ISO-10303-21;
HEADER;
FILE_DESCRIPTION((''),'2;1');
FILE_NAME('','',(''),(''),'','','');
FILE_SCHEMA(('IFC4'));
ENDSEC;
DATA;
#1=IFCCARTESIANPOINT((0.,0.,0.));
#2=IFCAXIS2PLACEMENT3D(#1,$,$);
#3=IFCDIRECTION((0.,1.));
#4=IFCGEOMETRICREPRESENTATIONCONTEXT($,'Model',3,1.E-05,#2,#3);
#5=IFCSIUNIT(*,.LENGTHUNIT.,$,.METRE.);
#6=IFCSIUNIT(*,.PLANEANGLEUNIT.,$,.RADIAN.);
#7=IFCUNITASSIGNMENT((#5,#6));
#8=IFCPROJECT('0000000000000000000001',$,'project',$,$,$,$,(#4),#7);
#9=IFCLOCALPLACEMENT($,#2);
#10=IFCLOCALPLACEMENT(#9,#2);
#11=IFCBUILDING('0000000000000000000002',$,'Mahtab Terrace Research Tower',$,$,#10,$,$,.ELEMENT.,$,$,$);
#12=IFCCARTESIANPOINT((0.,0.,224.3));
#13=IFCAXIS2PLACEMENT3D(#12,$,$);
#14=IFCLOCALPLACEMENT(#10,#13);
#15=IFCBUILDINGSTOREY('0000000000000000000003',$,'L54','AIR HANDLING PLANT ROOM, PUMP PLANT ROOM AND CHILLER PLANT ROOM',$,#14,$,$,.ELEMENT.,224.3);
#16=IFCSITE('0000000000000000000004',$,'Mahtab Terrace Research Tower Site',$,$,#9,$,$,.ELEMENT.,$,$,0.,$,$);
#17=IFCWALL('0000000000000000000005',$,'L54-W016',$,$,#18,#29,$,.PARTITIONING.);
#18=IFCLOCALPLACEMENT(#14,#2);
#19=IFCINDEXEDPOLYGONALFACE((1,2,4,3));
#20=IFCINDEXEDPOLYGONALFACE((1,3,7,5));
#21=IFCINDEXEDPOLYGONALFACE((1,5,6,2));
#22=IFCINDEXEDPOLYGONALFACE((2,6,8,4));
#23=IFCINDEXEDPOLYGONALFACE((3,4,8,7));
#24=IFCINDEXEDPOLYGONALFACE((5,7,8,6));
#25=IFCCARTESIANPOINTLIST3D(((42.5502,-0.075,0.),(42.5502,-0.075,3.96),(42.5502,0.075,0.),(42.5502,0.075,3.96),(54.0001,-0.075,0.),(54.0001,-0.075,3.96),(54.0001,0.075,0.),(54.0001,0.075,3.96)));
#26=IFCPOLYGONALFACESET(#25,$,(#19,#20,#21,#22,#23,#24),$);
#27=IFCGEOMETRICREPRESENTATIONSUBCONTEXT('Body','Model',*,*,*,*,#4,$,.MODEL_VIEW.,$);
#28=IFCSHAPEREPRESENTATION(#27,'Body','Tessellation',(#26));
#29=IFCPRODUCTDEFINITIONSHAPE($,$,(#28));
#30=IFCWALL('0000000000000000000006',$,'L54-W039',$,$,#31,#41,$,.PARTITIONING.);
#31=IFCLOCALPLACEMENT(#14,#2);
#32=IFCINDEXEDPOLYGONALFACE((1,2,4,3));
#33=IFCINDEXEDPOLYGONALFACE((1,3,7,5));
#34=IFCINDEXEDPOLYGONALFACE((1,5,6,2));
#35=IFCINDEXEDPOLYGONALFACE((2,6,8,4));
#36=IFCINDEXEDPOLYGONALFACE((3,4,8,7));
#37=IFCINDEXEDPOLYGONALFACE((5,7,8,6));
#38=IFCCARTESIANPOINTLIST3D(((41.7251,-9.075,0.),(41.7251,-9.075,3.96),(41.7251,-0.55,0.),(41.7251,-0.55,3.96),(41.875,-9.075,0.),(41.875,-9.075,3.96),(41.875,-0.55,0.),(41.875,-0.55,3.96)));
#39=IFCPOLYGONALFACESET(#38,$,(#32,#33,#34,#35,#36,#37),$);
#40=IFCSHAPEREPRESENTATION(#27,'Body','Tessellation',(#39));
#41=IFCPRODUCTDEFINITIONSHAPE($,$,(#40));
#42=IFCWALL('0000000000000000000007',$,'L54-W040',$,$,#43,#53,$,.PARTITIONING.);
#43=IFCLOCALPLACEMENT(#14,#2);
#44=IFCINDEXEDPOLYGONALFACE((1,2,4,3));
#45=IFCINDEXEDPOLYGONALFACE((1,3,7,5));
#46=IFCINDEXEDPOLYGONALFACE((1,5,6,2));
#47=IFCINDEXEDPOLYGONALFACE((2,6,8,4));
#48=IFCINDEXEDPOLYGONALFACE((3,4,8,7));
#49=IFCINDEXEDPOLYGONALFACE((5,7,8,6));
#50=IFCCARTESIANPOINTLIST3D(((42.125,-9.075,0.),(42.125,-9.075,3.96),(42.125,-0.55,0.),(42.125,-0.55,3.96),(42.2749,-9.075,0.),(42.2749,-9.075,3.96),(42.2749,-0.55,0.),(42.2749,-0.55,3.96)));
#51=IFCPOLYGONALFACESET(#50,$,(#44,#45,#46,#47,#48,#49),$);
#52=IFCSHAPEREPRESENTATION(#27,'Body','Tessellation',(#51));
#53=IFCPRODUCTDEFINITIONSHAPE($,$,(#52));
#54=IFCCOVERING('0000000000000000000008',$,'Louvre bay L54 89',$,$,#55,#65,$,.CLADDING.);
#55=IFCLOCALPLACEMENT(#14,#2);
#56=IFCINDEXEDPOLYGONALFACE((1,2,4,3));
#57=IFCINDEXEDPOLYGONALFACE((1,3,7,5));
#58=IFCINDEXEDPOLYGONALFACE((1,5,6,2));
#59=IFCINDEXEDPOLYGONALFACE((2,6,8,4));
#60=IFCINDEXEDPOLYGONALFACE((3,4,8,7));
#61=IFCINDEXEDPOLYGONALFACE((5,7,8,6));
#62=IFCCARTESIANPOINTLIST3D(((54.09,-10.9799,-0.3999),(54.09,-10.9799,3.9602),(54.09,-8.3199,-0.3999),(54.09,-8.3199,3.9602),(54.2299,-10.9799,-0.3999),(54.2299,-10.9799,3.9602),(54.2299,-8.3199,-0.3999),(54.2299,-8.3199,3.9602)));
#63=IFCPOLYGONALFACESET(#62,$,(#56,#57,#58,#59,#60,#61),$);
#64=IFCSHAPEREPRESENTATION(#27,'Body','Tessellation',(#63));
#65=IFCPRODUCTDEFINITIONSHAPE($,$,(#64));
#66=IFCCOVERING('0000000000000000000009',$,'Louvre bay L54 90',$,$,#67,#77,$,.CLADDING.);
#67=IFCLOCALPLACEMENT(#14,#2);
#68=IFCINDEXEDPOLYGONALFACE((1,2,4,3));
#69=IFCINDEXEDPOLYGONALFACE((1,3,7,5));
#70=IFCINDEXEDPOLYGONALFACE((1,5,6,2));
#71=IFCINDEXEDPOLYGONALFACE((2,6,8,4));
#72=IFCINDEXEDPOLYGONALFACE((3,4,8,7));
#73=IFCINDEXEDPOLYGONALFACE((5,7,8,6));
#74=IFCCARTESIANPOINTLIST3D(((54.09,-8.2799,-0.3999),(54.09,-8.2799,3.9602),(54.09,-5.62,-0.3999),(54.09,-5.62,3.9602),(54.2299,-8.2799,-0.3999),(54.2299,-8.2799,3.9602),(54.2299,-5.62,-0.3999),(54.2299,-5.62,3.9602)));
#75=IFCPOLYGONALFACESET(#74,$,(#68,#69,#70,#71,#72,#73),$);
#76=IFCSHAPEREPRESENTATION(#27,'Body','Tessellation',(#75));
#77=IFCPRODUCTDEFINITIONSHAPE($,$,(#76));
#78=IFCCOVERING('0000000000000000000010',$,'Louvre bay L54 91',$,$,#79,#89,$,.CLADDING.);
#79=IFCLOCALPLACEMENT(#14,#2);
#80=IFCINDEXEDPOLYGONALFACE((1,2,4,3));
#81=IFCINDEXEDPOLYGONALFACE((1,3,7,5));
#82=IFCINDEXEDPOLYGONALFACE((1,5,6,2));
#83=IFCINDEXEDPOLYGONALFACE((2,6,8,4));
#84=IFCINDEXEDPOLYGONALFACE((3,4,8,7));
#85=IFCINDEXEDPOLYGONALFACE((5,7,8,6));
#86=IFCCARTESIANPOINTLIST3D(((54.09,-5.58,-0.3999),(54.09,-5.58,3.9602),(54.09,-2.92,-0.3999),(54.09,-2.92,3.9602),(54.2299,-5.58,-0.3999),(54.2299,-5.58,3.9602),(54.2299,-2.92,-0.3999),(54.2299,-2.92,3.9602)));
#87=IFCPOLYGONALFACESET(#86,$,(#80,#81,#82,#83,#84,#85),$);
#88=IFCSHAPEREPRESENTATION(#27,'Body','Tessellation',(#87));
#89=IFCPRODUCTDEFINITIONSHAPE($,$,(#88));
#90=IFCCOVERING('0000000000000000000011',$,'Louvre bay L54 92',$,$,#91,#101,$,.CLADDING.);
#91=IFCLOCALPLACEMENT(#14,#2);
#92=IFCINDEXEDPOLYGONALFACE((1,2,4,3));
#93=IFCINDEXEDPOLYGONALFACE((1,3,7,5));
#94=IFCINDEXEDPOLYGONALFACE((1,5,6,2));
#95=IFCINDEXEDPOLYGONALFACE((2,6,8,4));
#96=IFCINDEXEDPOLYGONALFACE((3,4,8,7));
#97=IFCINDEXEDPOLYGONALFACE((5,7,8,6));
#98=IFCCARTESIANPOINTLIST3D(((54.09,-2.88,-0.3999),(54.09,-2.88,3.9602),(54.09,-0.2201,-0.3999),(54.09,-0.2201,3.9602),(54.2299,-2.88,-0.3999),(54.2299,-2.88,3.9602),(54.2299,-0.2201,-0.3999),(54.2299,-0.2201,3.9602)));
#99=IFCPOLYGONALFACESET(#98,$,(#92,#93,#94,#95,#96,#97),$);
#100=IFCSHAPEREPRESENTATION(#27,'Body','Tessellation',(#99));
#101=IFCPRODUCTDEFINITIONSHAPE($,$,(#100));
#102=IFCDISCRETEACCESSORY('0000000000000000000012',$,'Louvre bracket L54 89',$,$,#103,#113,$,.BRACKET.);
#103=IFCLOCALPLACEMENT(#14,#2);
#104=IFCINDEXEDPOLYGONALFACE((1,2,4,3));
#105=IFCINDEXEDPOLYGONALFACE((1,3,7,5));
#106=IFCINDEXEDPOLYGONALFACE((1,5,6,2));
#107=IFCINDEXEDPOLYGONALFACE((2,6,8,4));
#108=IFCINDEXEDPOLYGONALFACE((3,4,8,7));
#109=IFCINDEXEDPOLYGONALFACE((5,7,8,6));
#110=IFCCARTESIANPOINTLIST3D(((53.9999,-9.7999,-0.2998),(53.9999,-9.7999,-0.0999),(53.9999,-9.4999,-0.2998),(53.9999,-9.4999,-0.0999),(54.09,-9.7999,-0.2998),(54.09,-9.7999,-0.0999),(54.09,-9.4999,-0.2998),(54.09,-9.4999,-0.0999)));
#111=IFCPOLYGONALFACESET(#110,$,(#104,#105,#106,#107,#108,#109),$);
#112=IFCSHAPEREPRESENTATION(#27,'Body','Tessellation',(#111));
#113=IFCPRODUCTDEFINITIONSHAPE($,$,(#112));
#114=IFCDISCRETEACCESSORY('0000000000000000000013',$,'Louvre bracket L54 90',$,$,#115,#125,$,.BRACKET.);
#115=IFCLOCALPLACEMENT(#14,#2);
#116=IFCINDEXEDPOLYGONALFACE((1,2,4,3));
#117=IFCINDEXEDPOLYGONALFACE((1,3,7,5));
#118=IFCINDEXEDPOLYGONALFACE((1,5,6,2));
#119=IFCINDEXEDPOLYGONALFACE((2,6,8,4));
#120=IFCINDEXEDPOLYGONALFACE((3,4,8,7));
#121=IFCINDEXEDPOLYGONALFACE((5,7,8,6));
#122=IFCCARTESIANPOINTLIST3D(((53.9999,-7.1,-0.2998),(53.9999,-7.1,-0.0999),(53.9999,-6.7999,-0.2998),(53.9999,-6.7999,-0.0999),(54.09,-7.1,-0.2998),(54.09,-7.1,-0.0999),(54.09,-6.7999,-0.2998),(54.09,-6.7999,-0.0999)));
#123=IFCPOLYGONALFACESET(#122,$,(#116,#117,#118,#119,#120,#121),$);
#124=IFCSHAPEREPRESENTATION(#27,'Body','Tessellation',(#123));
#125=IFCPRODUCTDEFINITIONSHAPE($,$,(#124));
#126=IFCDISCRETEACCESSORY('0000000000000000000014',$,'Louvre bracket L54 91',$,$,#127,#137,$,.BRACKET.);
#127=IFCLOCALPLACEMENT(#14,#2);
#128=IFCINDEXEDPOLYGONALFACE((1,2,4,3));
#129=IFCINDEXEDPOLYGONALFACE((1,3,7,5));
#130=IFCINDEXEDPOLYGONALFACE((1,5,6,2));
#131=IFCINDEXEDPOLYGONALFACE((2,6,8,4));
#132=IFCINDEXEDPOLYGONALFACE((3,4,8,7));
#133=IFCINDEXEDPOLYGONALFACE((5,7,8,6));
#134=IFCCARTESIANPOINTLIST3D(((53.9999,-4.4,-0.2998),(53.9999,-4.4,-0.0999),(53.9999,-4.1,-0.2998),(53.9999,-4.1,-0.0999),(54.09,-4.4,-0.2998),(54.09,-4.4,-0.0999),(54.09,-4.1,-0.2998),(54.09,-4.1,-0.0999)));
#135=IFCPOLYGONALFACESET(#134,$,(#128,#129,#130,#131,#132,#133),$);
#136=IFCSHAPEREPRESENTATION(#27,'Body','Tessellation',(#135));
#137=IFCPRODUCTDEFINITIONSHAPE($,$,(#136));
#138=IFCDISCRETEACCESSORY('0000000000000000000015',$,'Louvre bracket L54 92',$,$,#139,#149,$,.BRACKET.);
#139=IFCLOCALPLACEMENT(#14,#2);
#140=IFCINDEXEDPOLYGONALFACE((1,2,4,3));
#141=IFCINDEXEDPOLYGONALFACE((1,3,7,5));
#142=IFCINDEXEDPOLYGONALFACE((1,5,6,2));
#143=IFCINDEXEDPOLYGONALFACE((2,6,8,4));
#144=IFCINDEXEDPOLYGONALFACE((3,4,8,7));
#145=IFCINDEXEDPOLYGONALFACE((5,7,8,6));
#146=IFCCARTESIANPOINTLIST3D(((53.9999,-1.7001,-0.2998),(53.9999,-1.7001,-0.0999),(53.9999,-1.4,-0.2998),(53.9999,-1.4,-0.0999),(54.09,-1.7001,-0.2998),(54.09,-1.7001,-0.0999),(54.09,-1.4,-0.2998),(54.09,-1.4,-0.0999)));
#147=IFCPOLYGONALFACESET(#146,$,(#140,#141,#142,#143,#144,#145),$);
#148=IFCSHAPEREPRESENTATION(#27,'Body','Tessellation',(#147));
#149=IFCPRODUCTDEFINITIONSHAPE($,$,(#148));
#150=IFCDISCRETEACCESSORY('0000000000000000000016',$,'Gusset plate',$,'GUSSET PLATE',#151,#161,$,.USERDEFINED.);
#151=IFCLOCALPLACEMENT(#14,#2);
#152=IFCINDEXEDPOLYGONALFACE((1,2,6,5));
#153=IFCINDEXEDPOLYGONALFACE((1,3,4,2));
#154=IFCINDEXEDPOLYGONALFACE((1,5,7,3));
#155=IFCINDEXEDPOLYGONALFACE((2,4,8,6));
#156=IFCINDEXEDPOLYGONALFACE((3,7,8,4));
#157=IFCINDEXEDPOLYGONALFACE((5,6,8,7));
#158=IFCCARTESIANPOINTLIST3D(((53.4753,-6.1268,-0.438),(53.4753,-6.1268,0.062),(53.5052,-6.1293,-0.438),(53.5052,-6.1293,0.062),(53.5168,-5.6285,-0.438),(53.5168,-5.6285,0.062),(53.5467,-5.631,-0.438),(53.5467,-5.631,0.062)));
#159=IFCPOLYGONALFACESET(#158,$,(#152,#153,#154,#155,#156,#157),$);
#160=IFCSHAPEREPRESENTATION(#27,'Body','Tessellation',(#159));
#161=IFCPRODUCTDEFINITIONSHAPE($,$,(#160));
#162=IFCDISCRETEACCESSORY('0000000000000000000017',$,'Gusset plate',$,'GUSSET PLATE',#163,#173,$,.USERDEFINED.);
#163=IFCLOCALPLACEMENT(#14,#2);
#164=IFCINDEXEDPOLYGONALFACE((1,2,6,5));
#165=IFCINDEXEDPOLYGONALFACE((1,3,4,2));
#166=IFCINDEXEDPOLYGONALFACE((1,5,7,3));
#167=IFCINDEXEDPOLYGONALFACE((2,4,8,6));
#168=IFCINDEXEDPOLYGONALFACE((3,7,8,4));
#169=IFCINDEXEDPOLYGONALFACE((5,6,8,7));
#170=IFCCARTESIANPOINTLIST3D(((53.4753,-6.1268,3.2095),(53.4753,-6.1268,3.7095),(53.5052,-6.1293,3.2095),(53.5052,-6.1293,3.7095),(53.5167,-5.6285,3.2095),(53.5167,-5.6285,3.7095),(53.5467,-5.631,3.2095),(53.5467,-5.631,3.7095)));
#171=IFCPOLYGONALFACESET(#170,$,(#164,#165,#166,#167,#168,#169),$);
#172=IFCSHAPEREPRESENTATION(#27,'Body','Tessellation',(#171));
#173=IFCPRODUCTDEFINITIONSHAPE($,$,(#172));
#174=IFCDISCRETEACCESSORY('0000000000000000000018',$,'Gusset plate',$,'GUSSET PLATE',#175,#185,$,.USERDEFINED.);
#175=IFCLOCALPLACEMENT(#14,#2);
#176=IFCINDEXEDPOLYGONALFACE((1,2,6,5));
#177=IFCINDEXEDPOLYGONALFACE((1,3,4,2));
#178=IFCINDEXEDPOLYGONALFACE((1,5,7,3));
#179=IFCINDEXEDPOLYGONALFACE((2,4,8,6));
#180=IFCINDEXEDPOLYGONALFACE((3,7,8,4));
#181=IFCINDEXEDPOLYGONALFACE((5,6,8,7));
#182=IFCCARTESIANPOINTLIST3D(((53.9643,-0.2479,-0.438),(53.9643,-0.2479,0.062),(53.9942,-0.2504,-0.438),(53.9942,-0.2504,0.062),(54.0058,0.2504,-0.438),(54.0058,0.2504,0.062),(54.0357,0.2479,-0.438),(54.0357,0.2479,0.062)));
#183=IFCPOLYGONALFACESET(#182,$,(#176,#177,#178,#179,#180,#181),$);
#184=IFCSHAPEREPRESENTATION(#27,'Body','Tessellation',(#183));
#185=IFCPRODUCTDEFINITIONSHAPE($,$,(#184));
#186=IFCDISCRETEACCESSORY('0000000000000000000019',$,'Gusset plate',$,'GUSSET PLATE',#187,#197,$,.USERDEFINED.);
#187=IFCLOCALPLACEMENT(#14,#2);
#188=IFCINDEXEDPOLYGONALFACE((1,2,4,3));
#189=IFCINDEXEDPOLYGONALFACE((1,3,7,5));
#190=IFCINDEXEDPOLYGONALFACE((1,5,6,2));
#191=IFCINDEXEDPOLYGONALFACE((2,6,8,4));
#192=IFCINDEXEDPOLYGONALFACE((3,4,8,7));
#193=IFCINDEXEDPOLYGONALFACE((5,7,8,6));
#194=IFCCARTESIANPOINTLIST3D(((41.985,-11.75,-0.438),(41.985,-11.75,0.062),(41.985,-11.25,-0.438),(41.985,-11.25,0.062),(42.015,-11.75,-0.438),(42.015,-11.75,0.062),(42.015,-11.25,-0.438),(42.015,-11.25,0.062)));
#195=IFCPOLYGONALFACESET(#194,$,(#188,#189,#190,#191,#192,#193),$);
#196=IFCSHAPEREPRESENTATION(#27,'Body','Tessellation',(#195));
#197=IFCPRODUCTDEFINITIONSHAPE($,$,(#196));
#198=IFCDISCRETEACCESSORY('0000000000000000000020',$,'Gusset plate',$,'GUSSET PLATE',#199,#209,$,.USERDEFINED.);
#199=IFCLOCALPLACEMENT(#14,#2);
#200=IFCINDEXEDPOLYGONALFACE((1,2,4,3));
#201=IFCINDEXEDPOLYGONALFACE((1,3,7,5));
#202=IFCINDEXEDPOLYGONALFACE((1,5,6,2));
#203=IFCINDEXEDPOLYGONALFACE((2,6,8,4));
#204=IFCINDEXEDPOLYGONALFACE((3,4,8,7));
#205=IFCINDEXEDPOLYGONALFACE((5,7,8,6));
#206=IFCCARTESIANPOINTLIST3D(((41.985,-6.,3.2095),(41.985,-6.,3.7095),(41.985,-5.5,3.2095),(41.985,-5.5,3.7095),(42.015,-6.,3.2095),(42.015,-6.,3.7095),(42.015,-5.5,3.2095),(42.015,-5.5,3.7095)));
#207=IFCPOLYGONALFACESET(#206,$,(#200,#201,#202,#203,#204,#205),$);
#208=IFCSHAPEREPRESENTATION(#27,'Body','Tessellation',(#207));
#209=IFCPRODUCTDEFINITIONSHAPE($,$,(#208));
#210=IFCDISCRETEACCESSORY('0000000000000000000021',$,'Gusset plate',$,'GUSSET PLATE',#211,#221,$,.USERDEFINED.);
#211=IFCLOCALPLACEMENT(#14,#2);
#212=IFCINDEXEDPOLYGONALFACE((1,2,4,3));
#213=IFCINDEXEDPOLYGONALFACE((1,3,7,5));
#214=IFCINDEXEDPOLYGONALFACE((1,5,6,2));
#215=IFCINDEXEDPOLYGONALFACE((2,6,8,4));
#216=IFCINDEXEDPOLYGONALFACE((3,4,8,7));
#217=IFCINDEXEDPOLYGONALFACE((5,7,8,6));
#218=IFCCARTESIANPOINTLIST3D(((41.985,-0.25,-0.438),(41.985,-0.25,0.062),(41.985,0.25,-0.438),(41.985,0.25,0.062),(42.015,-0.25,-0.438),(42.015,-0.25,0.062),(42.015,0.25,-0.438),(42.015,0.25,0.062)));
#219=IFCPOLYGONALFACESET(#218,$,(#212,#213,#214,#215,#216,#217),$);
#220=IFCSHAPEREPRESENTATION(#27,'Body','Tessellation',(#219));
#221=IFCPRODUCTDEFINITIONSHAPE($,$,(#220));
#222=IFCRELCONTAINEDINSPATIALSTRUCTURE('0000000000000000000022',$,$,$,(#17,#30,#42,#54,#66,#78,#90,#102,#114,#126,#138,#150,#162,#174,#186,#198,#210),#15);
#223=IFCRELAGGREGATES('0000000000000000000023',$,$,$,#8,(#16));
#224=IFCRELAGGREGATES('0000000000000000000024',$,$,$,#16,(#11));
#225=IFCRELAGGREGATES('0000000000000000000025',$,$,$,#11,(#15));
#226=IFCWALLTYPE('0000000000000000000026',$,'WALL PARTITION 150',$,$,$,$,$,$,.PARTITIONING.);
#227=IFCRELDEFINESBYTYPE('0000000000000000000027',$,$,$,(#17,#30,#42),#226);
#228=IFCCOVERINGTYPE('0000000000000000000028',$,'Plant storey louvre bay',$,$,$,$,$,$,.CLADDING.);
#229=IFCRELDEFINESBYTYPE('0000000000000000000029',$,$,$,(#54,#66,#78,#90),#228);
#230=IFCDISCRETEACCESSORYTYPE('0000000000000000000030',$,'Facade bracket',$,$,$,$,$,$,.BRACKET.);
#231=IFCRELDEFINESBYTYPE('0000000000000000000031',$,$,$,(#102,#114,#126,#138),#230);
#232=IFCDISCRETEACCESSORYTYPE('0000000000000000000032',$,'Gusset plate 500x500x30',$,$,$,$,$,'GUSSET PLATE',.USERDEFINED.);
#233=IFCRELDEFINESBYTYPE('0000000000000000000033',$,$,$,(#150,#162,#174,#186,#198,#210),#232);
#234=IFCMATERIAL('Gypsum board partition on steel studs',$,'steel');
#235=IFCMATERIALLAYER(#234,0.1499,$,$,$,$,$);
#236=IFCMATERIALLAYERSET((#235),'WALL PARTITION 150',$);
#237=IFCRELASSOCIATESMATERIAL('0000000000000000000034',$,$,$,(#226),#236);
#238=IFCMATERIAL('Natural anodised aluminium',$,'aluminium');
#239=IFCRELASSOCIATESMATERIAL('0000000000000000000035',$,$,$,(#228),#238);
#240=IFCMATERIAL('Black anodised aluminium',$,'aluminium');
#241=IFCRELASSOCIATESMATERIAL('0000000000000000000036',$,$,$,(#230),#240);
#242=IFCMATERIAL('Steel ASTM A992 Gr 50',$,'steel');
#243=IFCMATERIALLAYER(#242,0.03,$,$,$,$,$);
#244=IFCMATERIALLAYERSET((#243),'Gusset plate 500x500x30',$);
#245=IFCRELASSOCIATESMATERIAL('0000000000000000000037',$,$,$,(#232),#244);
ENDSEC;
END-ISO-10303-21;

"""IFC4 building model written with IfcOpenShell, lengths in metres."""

from ifc_helpers import new_model, si_unit, direction, frame, frame_2d, origin, origin_2d, place, context, subcontext, project, spatial, rectangle, extrude, material, layer, layer_set, type_object, element, save


model = new_model("IFC4")

# Units and contexts
model_context = context("Model", 3, precision=1e-05, world=origin(), true_north=direction((0.0, 1.0)))
body_context = subcontext(model_context, "Body", "Model", "MODEL_VIEW")
ifc_project = project(units=[si_unit("LENGTHUNIT", "METRE"), si_unit("PLANEANGLEUNIT", "RADIAN")], contexts=[model_context])

# Site, building, storey
site_placement = place(None, origin())
site = spatial("IfcSite", under=ifc_project, at=site_placement, Name="Mahtab Terrace Research Tower Site", CompositionType="ELEMENT", RefElevation=0.0)
building_placement = place(site_placement, origin())
building = spatial("IfcBuilding", under=site, at=building_placement, Name="Mahtab Terrace Research Tower", CompositionType="ELEMENT")
storey_placement = place(building_placement, frame((0.0, 0.0, 224.3)))
storey = spatial("IfcBuildingStorey", under=building, at=storey_placement, Name="L54", Description="AIR HANDLING PLANT ROOM, PUMP PLANT ROOM AND CHILLER PLANT ROOM", CompositionType="ELEMENT", Elevation=224.3)

# Shared definitions
ifc_material_1 = material(Name="Steel ASTM A992 Gr 50", Category="steel")

# Walls
ifc_material_2 = material(Name="Gypsum board partition on steel studs", Category="steel")
ifc_layer_1 = layer(ifc_material_2, 0.1499)
ifc_layer_set_1 = layer_set([ifc_layer_1], Name="WALL PARTITION 150")
wall_type_1 = type_object("IfcWallType", Name="WALL PARTITION 150", PredefinedType="PARTITIONING", material=ifc_layer_set_1)
wall_1_placement = place(storey_placement, frame((42.55, 0.0, 0.0), z_axis=(0.0, 0.0, 1.0), x_axis=(1.0, 0.0, 0.0)))
element("IfcWall", 1, at=wall_1_placement, inside=storey, type_object=wall_type_1, Name="L54-W016", PredefinedType="PARTITIONING", context=body_context, shape_type="SweptSolid", body=[
    extrude(rectangle(XDim=11.45, YDim=0.1499, at=frame_2d((5.7251, 0.0))), origin(), (0.0, 0.0, 1.0), 3.96),
])
for number, where, z_axis, x_axis, name in (
    (2, (41.8, -9.075, 0.0), (0.0, 0.0, 1.0), (0.0, 1.0, 0.0), "L54-W039"),
    (3, (42.2, -9.075, 0.0), (0.0, 0.0, 1.0), (0.0, 1.0, 0.0), "L54-W040"),
):
    element("IfcWall", number, at=place(storey_placement, frame(where, z_axis=z_axis, x_axis=x_axis)), inside=storey, type_object=wall_type_1, Name=name, PredefinedType="PARTITIONING", context=body_context, shape_type="SweptSolid", body=[
        extrude(rectangle(XDim=8.5249, YDim=0.1499, at=frame_2d((4.2625, 0.0))), origin(), (0.0, 0.0, 1.0), 3.96),
    ])

# Coverings
ifc_material_3 = material(Name="Natural anodised aluminium", Category="aluminium")
covering_type = type_object("IfcCoveringType", Name="Plant storey louvre bay", PredefinedType="CLADDING", material=ifc_material_3)
for number, where, z_axis, x_axis, name in (
    (4, (54.1599, -9.6499, -0.3999), (0.0, 0.0, 1.0), (0.0, 1.0, 0.0), "Louvre bay L54 89"),
    (5, (54.1599, -6.95, -0.3999), (0.0, 0.0, 1.0), (0.0, 1.0, 0.0), "Louvre bay L54 90"),
    (6, (54.1599, -4.25, -0.3999), (0.0, 0.0, 1.0), (0.0, 1.0, 0.0), "Louvre bay L54 91"),
    (7, (54.1599, -1.55, -0.3999), (0.0, 0.0, 1.0), (0.0, 1.0, 0.0), "Louvre bay L54 92"),
):
    element("IfcCovering", number, at=place(storey_placement, frame(where, z_axis=z_axis, x_axis=x_axis)), inside=storey, type_object=covering_type, Name=name, PredefinedType="CLADDING", context=body_context, shape_type="SweptSolid", body=[
        extrude(rectangle(XDim=2.6599, YDim=0.1399, at=origin_2d()), origin(), (0.0, 0.0, 1.0), 4.3601),
    ])

# Discrete accessories
ifc_material_4 = material(Name="Black anodised aluminium", Category="aluminium")
discrete_accessory_type_1 = type_object("IfcDiscreteAccessoryType", Name="Facade bracket", PredefinedType="BRACKET", material=ifc_material_4)
for number, where, z_axis, x_axis, name in (
    (8, (54.0449, -9.6499, -0.2998), (0.0, 0.0, 1.0), (0.0, 1.0, 0.0), "Louvre bracket L54 89"),
    (9, (54.0449, -6.95, -0.2998), (0.0, 0.0, 1.0), (0.0, 1.0, 0.0), "Louvre bracket L54 90"),
    (10, (54.0449, -4.25, -0.2998), (0.0, 0.0, 1.0), (0.0, 1.0, 0.0), "Louvre bracket L54 91"),
    (11, (54.0449, -1.55, -0.2998), (0.0, 0.0, 1.0), (0.0, 1.0, 0.0), "Louvre bracket L54 92"),
):
    element("IfcDiscreteAccessory", number, at=place(storey_placement, frame(where, z_axis=z_axis, x_axis=x_axis)), inside=storey, type_object=discrete_accessory_type_1, Name=name, PredefinedType="BRACKET", context=body_context, shape_type="SweptSolid", body=[
        extrude(rectangle(XDim=0.3, YDim=0.0901, at=origin_2d()), origin(), (0.0, 0.0, 1.0), 0.2),
    ])
ifc_layer_2 = layer(ifc_material_1, 0.03)
ifc_layer_set_2 = layer_set([ifc_layer_2], Name="Gusset plate 500x500x30")
discrete_accessory_type_2 = type_object("IfcDiscreteAccessoryType", Name="Gusset plate 500x500x30", ElementType="GUSSET PLATE", PredefinedType="USERDEFINED", material=ifc_layer_set_2)
for number, where, z_axis, x_axis, name in (
    (12, (53.511, -5.8789, -0.438), (0.0, 0.0, 1.0), (0.083052, 0.996545, 0.0), "Gusset plate"),
    (13, (53.511, -5.8789, 3.2095), (0.0, 0.0, 1.0), (0.082895, 0.996558, 0.0), "Gusset plate"),
    (14, (54.0, 0.0, -0.438), (0.0, 0.0, 1.0), (0.082895, 0.996558, 0.0), "Gusset plate"),
    (15, (42.0, -11.5, -0.438), (0.0, 0.0, 1.0), (0.0, 1.0, 0.0), "Gusset plate"),
    (16, (42.0, -5.75, 3.2095), (0.0, 0.0, 1.0), (0.0, 1.0, 0.0), "Gusset plate"),
    (17, (42.0, 0.0, -0.438), (0.0, 0.0, 1.0), (0.0, 1.0, 0.0), "Gusset plate"),
):
    element("IfcDiscreteAccessory", number, at=place(storey_placement, frame(where, z_axis=z_axis, x_axis=x_axis)), inside=storey, type_object=discrete_accessory_type_2, Name=name, ObjectType="GUSSET PLATE", PredefinedType="USERDEFINED", context=body_context, shape_type="SweptSolid", body=[
        extrude(rectangle(XDim=0.5, YDim=0.03, at=origin_2d()), origin(), (0.0, 0.0, 1.0), 0.5),
    ])

save(model, "model.ifc")
